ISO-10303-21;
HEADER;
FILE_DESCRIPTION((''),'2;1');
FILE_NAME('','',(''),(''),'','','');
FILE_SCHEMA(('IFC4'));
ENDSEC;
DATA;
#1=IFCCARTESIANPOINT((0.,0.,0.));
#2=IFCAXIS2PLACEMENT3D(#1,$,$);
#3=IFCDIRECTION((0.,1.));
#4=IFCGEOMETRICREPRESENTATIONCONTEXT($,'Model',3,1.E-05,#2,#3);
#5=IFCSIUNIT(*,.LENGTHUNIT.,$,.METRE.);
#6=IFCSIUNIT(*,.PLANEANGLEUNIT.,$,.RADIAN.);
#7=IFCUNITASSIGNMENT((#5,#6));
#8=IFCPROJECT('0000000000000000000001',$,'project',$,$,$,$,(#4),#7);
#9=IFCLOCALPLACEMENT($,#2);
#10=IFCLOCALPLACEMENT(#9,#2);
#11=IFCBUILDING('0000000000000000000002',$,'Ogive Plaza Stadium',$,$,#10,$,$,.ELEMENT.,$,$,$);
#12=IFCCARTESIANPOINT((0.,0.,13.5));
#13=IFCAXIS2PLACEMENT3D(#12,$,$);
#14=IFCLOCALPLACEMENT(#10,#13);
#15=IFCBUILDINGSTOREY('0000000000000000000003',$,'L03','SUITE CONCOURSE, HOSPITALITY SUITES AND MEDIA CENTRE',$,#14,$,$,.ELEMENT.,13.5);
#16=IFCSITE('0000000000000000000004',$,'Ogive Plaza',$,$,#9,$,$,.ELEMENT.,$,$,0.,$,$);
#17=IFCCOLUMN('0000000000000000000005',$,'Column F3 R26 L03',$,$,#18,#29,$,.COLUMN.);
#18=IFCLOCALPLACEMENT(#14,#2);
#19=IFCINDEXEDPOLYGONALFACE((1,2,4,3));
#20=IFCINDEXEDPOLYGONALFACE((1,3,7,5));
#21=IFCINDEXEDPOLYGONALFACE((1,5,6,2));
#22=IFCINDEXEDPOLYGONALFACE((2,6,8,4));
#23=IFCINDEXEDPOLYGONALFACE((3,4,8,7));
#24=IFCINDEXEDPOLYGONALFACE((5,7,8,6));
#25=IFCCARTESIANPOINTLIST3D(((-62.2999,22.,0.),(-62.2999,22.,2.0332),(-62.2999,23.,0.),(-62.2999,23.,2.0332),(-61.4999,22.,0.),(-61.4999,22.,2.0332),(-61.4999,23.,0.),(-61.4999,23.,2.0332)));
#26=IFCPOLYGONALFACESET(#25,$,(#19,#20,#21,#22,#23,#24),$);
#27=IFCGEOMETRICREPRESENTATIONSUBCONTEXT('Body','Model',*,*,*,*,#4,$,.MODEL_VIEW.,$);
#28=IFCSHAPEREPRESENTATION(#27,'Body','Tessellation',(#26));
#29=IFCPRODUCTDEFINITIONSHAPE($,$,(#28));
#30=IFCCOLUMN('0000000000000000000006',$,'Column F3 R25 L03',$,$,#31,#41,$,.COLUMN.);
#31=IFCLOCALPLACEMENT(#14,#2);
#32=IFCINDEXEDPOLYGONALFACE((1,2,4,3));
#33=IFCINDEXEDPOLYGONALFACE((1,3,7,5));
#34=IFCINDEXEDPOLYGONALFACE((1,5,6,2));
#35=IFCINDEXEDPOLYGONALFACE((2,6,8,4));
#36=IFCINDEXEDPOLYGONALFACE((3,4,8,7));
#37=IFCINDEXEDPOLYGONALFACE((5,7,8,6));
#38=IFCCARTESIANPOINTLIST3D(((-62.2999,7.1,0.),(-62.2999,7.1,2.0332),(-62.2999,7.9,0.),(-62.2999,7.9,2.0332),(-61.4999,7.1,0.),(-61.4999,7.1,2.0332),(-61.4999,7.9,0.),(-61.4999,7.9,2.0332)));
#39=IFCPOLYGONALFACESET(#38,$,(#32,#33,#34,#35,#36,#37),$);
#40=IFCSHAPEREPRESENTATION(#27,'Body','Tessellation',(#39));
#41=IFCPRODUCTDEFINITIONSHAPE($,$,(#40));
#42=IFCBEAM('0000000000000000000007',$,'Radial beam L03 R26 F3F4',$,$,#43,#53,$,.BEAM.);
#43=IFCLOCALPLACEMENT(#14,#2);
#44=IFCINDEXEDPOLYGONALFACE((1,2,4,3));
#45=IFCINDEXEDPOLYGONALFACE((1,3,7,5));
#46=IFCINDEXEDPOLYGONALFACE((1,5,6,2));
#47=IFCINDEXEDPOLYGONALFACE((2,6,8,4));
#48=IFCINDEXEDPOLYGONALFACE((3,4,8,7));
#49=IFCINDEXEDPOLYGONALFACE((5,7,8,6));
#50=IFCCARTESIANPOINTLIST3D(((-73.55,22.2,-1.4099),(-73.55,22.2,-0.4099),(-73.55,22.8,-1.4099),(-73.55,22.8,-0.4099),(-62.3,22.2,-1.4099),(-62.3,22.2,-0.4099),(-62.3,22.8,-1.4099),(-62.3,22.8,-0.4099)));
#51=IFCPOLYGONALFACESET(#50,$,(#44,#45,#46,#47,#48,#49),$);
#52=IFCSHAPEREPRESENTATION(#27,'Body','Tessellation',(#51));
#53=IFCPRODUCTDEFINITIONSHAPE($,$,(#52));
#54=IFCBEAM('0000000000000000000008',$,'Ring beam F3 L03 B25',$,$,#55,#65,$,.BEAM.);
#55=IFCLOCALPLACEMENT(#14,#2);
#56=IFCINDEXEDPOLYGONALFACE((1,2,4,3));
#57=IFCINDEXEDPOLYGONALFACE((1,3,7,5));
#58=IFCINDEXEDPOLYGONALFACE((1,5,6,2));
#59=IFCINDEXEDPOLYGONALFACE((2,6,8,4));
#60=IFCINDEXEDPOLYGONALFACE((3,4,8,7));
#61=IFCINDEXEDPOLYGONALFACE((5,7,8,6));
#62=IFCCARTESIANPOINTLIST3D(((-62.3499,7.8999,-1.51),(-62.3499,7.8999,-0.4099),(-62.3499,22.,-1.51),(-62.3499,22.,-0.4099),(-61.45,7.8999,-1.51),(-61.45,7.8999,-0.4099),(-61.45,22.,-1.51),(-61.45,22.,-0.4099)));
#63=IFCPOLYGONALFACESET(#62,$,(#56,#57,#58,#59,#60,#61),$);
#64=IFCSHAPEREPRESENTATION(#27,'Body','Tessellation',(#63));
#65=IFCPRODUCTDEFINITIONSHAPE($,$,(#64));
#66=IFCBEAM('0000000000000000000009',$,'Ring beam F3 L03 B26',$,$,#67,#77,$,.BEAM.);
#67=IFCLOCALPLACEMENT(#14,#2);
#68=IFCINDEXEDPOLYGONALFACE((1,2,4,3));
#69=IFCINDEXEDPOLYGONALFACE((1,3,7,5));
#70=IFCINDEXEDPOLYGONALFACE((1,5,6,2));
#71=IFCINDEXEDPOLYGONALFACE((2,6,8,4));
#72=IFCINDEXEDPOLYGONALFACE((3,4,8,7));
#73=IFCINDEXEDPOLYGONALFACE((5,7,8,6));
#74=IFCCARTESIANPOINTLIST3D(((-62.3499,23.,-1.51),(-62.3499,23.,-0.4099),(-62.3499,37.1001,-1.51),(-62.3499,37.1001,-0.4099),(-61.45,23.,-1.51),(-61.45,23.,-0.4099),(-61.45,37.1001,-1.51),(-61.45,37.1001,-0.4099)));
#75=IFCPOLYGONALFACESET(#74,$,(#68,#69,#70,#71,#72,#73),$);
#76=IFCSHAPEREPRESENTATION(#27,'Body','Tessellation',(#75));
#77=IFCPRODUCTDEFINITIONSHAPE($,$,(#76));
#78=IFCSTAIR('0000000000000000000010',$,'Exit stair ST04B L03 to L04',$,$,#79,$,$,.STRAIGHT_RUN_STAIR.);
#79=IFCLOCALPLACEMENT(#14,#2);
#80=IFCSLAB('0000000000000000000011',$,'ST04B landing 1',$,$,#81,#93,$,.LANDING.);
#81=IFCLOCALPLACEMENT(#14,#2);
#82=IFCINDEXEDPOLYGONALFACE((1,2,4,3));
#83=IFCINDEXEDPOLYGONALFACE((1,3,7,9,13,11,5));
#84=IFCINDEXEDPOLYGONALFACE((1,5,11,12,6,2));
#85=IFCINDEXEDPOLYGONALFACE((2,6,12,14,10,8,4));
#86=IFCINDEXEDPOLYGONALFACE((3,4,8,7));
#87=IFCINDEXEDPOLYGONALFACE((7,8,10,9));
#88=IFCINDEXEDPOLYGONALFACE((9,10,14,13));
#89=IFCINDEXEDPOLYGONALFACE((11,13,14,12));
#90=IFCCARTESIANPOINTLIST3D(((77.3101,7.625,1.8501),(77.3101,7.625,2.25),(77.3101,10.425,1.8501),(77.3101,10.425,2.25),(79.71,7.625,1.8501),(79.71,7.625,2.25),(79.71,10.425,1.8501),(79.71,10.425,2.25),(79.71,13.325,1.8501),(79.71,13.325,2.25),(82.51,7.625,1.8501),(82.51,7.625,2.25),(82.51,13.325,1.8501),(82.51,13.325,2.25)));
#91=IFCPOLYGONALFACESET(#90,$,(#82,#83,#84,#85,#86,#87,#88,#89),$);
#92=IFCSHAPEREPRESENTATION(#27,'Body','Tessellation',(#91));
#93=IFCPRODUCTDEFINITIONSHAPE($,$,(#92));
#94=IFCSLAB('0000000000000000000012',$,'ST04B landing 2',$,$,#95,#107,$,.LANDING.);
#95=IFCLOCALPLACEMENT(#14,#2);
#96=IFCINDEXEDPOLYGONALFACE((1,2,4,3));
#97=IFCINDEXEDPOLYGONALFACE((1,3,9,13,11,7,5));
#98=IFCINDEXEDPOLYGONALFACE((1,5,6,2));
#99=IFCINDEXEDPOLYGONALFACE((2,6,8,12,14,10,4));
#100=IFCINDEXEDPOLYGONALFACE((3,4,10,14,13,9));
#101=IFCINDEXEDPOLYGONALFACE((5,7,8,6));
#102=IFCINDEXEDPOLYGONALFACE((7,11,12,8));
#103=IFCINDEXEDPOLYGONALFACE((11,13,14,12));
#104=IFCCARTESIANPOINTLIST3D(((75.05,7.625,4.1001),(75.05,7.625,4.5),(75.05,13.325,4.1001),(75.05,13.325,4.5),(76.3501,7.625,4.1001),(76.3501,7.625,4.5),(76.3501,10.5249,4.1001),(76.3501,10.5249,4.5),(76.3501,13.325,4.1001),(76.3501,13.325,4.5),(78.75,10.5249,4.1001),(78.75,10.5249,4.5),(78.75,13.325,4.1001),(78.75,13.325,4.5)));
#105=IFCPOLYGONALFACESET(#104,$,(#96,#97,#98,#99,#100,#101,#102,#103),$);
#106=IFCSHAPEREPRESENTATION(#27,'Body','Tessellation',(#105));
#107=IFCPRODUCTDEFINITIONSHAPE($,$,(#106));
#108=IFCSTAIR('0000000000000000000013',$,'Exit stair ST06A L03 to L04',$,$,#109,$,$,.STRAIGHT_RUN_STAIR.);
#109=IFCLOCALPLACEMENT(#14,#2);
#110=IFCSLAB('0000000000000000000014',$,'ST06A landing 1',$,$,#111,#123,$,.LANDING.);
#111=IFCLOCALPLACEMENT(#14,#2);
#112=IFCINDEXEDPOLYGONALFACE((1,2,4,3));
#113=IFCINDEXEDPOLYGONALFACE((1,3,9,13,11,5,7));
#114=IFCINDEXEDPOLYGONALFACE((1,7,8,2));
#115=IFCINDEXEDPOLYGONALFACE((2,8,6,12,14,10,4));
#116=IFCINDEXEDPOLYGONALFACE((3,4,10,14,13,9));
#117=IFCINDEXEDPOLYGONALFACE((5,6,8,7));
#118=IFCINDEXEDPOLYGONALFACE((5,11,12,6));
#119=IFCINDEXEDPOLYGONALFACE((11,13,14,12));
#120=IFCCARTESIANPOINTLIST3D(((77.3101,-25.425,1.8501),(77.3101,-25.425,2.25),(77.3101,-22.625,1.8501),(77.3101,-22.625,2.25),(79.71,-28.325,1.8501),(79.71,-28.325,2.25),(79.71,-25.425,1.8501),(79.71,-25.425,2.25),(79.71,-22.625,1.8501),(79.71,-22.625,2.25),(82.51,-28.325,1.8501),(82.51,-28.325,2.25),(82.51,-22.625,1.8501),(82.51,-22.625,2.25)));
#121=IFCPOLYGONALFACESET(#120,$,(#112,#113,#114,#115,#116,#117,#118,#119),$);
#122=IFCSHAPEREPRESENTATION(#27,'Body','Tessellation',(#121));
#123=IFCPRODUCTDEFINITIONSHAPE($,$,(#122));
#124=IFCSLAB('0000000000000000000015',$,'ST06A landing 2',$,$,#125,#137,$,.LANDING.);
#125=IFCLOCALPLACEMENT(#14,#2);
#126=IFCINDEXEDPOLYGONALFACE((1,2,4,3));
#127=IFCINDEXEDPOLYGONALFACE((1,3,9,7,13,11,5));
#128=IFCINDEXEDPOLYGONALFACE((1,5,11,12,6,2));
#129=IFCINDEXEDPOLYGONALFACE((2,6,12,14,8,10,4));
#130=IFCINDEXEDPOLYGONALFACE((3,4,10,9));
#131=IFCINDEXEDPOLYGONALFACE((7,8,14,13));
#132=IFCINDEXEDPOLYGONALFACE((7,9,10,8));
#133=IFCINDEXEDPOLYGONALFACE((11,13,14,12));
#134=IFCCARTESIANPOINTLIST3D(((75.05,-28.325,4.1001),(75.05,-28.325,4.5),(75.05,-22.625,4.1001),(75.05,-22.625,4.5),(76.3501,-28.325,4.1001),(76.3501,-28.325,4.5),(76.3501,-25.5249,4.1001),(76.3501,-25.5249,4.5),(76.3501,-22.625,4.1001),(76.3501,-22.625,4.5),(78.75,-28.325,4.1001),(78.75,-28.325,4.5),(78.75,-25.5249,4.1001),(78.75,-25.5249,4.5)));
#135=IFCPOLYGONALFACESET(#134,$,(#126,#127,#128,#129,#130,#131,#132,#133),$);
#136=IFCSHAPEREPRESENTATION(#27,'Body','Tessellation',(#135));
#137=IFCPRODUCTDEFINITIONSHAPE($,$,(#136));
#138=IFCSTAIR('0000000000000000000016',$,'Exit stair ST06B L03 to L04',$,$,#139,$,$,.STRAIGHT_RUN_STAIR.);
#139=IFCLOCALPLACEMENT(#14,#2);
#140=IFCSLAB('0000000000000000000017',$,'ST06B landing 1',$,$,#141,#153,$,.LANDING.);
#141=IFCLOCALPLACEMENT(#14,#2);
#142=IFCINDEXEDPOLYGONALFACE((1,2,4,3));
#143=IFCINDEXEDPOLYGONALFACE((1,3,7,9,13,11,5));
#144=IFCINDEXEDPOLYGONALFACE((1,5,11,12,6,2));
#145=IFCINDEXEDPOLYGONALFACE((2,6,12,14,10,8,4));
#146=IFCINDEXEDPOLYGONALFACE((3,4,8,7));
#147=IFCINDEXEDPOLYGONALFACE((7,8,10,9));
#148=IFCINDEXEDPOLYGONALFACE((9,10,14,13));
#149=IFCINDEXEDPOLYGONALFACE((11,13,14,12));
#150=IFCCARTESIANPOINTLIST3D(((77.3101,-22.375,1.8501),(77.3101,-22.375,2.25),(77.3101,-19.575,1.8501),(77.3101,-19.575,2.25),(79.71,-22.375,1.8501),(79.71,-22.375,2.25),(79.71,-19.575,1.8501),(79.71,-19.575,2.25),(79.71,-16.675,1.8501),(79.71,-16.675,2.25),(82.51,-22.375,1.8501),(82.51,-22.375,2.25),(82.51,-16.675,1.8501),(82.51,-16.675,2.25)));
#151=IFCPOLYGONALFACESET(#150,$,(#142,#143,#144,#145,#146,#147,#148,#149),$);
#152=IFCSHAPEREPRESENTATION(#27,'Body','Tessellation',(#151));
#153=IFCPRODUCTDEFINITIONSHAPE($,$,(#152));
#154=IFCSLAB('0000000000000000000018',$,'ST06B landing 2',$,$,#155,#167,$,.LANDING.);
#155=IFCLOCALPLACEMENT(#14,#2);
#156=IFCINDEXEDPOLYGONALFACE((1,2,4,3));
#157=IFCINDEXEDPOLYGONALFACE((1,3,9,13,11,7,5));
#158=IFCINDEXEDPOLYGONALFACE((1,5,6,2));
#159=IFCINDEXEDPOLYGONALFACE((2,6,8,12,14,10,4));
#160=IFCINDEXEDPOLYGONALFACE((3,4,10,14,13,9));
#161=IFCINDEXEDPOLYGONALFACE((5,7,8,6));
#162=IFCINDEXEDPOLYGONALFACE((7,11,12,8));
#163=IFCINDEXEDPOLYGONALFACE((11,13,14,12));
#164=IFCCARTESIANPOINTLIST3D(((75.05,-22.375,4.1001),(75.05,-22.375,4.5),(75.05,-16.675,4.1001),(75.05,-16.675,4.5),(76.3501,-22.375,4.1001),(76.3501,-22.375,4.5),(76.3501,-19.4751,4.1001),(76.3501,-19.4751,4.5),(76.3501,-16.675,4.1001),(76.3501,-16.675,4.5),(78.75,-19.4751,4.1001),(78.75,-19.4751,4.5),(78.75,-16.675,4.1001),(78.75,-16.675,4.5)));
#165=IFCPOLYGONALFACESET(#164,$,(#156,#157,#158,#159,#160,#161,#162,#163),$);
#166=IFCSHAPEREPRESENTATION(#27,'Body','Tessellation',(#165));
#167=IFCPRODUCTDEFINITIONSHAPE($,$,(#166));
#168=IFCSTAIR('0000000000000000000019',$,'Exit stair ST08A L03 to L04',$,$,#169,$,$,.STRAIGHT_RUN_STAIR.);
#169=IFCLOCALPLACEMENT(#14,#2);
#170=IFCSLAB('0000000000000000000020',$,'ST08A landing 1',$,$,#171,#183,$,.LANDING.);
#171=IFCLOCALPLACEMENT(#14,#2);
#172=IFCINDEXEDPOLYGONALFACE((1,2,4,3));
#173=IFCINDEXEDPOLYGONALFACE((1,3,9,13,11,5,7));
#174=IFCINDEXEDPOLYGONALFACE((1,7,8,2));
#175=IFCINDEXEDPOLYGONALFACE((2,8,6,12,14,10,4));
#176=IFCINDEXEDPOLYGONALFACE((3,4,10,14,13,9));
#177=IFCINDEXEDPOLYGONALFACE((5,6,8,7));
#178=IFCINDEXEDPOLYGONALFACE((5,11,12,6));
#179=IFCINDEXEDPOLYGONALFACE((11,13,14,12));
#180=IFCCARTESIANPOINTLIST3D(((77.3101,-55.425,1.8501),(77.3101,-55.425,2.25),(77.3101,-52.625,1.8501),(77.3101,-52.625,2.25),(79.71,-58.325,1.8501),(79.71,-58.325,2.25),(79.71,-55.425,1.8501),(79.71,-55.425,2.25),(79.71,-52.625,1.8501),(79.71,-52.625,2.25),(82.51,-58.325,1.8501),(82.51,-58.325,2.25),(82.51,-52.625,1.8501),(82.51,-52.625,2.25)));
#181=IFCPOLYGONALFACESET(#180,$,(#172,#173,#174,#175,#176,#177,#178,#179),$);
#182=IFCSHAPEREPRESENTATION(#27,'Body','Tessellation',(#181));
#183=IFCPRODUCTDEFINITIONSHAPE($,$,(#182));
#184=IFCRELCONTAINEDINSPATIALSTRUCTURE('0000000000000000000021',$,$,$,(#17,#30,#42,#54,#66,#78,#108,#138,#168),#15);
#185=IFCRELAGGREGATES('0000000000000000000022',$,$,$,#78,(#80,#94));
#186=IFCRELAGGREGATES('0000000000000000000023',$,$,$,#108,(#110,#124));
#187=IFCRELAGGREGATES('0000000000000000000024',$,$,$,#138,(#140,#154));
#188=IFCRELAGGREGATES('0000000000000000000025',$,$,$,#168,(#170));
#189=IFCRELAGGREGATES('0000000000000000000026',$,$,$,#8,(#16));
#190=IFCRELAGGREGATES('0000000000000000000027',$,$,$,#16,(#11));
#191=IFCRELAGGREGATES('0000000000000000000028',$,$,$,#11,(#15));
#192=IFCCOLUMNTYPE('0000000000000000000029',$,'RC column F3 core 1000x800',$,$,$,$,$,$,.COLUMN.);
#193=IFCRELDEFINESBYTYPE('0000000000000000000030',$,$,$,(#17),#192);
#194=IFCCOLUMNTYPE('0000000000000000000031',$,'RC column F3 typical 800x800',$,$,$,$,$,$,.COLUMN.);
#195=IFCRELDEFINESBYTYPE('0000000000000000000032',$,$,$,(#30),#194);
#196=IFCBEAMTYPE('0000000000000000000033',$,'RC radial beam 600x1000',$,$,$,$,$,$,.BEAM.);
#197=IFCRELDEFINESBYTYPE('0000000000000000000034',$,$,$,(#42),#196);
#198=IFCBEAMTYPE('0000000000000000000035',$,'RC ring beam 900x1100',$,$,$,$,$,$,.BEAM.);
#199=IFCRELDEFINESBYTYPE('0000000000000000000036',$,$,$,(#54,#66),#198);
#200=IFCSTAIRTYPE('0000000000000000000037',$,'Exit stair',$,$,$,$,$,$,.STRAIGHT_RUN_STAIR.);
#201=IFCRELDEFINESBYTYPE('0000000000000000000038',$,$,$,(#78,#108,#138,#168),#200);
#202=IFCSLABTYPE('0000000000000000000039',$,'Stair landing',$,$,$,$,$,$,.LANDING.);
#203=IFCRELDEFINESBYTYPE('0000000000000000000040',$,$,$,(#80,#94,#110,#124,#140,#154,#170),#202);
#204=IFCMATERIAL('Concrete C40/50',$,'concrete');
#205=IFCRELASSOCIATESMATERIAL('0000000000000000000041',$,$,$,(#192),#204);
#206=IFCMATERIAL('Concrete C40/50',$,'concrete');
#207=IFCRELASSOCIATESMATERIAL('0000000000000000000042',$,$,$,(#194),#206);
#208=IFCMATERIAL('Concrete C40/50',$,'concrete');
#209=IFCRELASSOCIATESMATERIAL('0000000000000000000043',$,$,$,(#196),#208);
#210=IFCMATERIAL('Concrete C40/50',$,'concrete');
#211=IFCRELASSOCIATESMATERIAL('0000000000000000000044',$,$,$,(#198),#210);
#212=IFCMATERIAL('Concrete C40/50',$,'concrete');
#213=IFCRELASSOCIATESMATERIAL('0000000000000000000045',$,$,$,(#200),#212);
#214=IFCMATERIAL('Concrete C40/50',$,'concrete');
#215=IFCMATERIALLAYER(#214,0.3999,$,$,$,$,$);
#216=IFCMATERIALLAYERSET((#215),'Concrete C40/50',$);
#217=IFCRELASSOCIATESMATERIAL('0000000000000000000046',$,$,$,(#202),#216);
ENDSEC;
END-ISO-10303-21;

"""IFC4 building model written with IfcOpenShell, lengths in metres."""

from ifc_helpers import new_model, si_unit, direction, frame, origin, origin_2d, place, context, subcontext, project, spatial, polyline, rectangle, outline, extrude, material, layer, layer_set, material_profile, profile_set, type_object, element, aggregate, save


model = new_model("IFC4")

# Units and contexts
model_context = context("Model", 3, precision=1e-05, world=origin(), true_north=direction((0.0, 1.0)))
body_context = subcontext(model_context, "Body", "Model", "MODEL_VIEW")
ifc_project = project(units=[si_unit("LENGTHUNIT", "METRE"), si_unit("PLANEANGLEUNIT", "RADIAN")], contexts=[model_context])

# Site, building, storey
site_placement = place(None, origin())
site = spatial("IfcSite", under=ifc_project, at=site_placement, Name="Ogive Plaza", CompositionType="ELEMENT", RefElevation=0.0)
building_placement = place(site_placement, origin())
building = spatial("IfcBuilding", under=site, at=building_placement, Name="Ogive Plaza Stadium", CompositionType="ELEMENT")
storey_placement = place(building_placement, frame((0.0, 0.0, 13.5)))
storey = spatial("IfcBuildingStorey", under=building, at=storey_placement, Name="L03", Description="SUITE CONCOURSE, HOSPITALITY SUITES AND MEDIA CENTRE", CompositionType="ELEMENT", Elevation=13.5)

# Columns
ifc_material_1 = material(Name="Concrete C40/50", Category="concrete")
ifc_material_profile_1 = material_profile(ifc_material_1, rectangle(XDim=1.0, YDim=0.8, at=origin_2d()), Name="RC 1000x800")
ifc_profile_set_1 = profile_set([ifc_material_profile_1], Name="Concrete C40/50")
column_type_1 = type_object("IfcColumnType", Name="RC column F3 core 1000x800", PredefinedType="COLUMN", material=ifc_profile_set_1)
column_1_placement = place(storey_placement, frame((-61.8999, 22.5, 0.0), z_axis=(0.0, 0.0, 1.0), x_axis=(0.0, -1.0, 0.0)))
element("IfcColumn", 1, at=column_1_placement, inside=storey, type_object=column_type_1, Name="Column F3 R26 L03", PredefinedType="COLUMN", context=body_context, shape_type="SweptSolid", body=[
    extrude(rectangle(XDim=1.0, YDim=0.8, at=origin_2d()), origin(), (0.0, 0.0, 1.0), 2.0332),
])
ifc_material_2 = material(Name="Concrete C40/50", Category="concrete")
ifc_material_profile_2 = material_profile(ifc_material_2, rectangle(XDim=0.8, YDim=0.8, at=origin_2d()), Name="RC 800x800")
ifc_profile_set_2 = profile_set([ifc_material_profile_2], Name="Concrete C40/50")
column_type_2 = type_object("IfcColumnType", Name="RC column F3 typical 800x800", PredefinedType="COLUMN", material=ifc_profile_set_2)
column_2_placement = place(storey_placement, frame((-61.8999, 7.5, 0.0), z_axis=(0.0, 0.0, 1.0), x_axis=(0.0, -1.0, 0.0)))
element("IfcColumn", 2, at=column_2_placement, inside=storey, type_object=column_type_2, Name="Column F3 R25 L03", PredefinedType="COLUMN", context=body_context, shape_type="SweptSolid", body=[
    extrude(rectangle(XDim=0.8, YDim=0.8, at=origin_2d()), origin(), (0.0, 0.0, 1.0), 2.0332),
])

# Beams
ifc_material_3 = material(Name="Concrete C40/50", Category="concrete")
ifc_material_profile_3 = material_profile(ifc_material_3, rectangle(XDim=0.6001, YDim=1.0, at=origin_2d()), Name="RC 600x1000")
ifc_profile_set_3 = profile_set([ifc_material_profile_3], Name="Concrete C40/50")
beam_type_1 = type_object("IfcBeamType", Name="RC radial beam 600x1000", PredefinedType="BEAM", material=ifc_profile_set_3)
beam_placement = place(storey_placement, frame((-62.3, 22.5, -0.9099), z_axis=(-1.0, 0.0, 0.0), x_axis=(0.0, -1.0, 0.0)))
element("IfcBeam", 3, at=beam_placement, inside=storey, type_object=beam_type_1, Name="Radial beam L03 R26 F3F4", PredefinedType="BEAM", context=body_context, shape_type="SweptSolid", body=[
    extrude(rectangle(XDim=0.6001, YDim=1.0, at=origin_2d()), origin(), (0.0, 0.0, 1.0), 11.25),
])
ifc_material_4 = material(Name="Concrete C40/50", Category="concrete")
ifc_material_profile_4 = material_profile(ifc_material_4, rectangle(XDim=0.8999, YDim=1.1001, at=origin_2d()), Name="RC 900x1100")
ifc_profile_set_4 = profile_set([ifc_material_profile_4], Name="Concrete C40/50")
beam_type_2 = type_object("IfcBeamType", Name="RC ring beam 900x1100", PredefinedType="BEAM", material=ifc_profile_set_4)
for number, where, z_axis, x_axis, name in (
    (4, (-61.8999, 7.8999, -0.96), (0.0, 1.0, 0.0), (-1.0, 0.0, 0.0), "Ring beam F3 L03 B25"),
    (5, (-61.8999, 23.0, -0.96), (0.0, 1.0, 0.0), (-1.0, 0.0, 0.0), "Ring beam F3 L03 B26"),
):
    element("IfcBeam", number, at=place(storey_placement, frame(where, z_axis=z_axis, x_axis=x_axis)), inside=storey, type_object=beam_type_2, Name=name, PredefinedType="BEAM", context=body_context, shape_type="SweptSolid", body=[
        extrude(rectangle(XDim=0.8999, YDim=1.1001, at=origin_2d()), origin(), (0.0, 0.0, 1.0), 14.1001),
    ])

# Stairs, slabs
ifc_material_5 = material(Name="Concrete C40/50", Category="concrete")
stair_type = type_object("IfcStairType", Name="Exit stair", PredefinedType="STRAIGHT_RUN_STAIR", material=ifc_material_5)
stair_1_placement = place(storey_placement, origin())
stair_1 = element("IfcStair", 6, at=stair_1_placement, inside=storey, type_object=stair_type, Name="Exit stair ST04B L03 to L04", PredefinedType="STRAIGHT_RUN_STAIR")
ifc_material_6 = material(Name="Concrete C40/50", Category="concrete")
ifc_layer_1 = layer(ifc_material_6, 0.3999)
ifc_layer_set_1 = layer_set([ifc_layer_1], Name="Concrete C40/50")
slab_type_1 = type_object("IfcSlabType", Name="Stair landing", PredefinedType="LANDING", material=ifc_layer_set_1)
slab_1_placement = place(storey_placement, frame((0.0, 0.0, 1.8501)))
slab_1 = element("IfcSlab", 7, at=slab_1_placement, type_object=slab_type_1, Name="ST04B landing 1", PredefinedType="LANDING", context=body_context, shape_type="SweptSolid", body=[
    extrude(outline(polyline([(77.3101, 7.625), (77.3101, 10.425), (79.71, 10.425), (79.71, 13.325), (82.51, 13.325), (82.51, 7.625), (79.71, 7.625), (77.3101, 7.625)])), origin(), (0.0, 0.0, 1.0), 0.3999),
])
slab_2_placement = place(storey_placement, frame((0.0, 0.0, 4.1001)))
slab_2 = element("IfcSlab", 8, at=slab_2_placement, type_object=slab_type_1, Name="ST04B landing 2", PredefinedType="LANDING", context=body_context, shape_type="SweptSolid", body=[
    extrude(outline(polyline([(76.3501, 7.625), (75.05, 7.625), (75.05, 13.325), (76.3501, 13.325), (78.75, 13.325), (78.75, 10.5249), (76.3501, 10.5249), (76.3501, 7.625)])), origin(), (0.0, 0.0, 1.0), 0.3999),
])
aggregate(stair_1, [slab_1, slab_2])
stair_2_placement = place(storey_placement, origin())
stair_2 = element("IfcStair", 9, at=stair_2_placement, inside=storey, type_object=stair_type, Name="Exit stair ST06A L03 to L04", PredefinedType="STRAIGHT_RUN_STAIR")
slab_3_placement = place(storey_placement, frame((0.0, 0.0, 1.8501)))
slab_3 = element("IfcSlab", 10, at=slab_3_placement, type_object=slab_type_1, Name="ST06A landing 1", PredefinedType="LANDING", context=body_context, shape_type="SweptSolid", body=[
    extrude(outline(polyline([(82.51, -22.625), (82.51, -28.325), (79.71, -28.325), (79.71, -25.425), (77.3101, -25.425), (77.3101, -22.625), (79.71, -22.625), (82.51, -22.625)])), origin(), (0.0, 0.0, 1.0), 0.3999),
])
slab_4_placement = place(storey_placement, frame((0.0, 0.0, 4.1001)))
slab_4 = element("IfcSlab", 11, at=slab_4_placement, type_object=slab_type_1, Name="ST06A landing 2", PredefinedType="LANDING", context=body_context, shape_type="SweptSolid", body=[
    extrude(outline(polyline([(78.75, -25.5249), (78.75, -28.325), (76.3501, -28.325), (75.05, -28.325), (75.05, -22.625), (76.3501, -22.625), (76.3501, -25.5249), (78.75, -25.5249)])), origin(), (0.0, 0.0, 1.0), 0.3999),
])
aggregate(stair_2, [slab_3, slab_4])
stair_3_placement = place(storey_placement, origin())
stair_3 = element("IfcStair", 12, at=stair_3_placement, inside=storey, type_object=stair_type, Name="Exit stair ST06B L03 to L04", PredefinedType="STRAIGHT_RUN_STAIR")
slab_5_placement = place(storey_placement, frame((0.0, 0.0, 1.8501)))
slab_5 = element("IfcSlab", 13, at=slab_5_placement, type_object=slab_type_1, Name="ST06B landing 1", PredefinedType="LANDING", context=body_context, shape_type="SweptSolid", body=[
    extrude(outline(polyline([(77.3101, -22.375), (77.3101, -19.575), (79.71, -19.575), (79.71, -16.675), (82.51, -16.675), (82.51, -22.375), (79.71, -22.375), (77.3101, -22.375)])), origin(), (0.0, 0.0, 1.0), 0.3999),
])
slab_6_placement = place(storey_placement, frame((0.0, 0.0, 4.1001)))
slab_6 = element("IfcSlab", 14, at=slab_6_placement, type_object=slab_type_1, Name="ST06B landing 2", PredefinedType="LANDING", context=body_context, shape_type="SweptSolid", body=[
    extrude(outline(polyline([(76.3501, -22.375), (75.05, -22.375), (75.05, -16.675), (76.3501, -16.675), (78.75, -16.675), (78.75, -19.4751), (76.3501, -19.4751), (76.3501, -22.375)])), origin(), (0.0, 0.0, 1.0), 0.3999),
])
aggregate(stair_3, [slab_5, slab_6])
stair_4_placement = place(storey_placement, origin())
stair_4 = element("IfcStair", 15, at=stair_4_placement, inside=storey, type_object=stair_type, Name="Exit stair ST08A L03 to L04", PredefinedType="STRAIGHT_RUN_STAIR")
slab_7_placement = place(storey_placement, frame((0.0, 0.0, 1.8501)))
slab_7 = element("IfcSlab", 16, at=slab_7_placement, type_object=slab_type_1, Name="ST08A landing 1", PredefinedType="LANDING", context=body_context, shape_type="SweptSolid", body=[
    extrude(outline(polyline([(82.51, -52.625), (82.51, -58.325), (79.71, -58.325), (79.71, -55.425), (77.3101, -55.425), (77.3101, -52.625), (79.71, -52.625), (82.51, -52.625)])), origin(), (0.0, 0.0, 1.0), 0.3999),
])
aggregate(stair_4, [slab_7])

save(model, "model.ifc")
